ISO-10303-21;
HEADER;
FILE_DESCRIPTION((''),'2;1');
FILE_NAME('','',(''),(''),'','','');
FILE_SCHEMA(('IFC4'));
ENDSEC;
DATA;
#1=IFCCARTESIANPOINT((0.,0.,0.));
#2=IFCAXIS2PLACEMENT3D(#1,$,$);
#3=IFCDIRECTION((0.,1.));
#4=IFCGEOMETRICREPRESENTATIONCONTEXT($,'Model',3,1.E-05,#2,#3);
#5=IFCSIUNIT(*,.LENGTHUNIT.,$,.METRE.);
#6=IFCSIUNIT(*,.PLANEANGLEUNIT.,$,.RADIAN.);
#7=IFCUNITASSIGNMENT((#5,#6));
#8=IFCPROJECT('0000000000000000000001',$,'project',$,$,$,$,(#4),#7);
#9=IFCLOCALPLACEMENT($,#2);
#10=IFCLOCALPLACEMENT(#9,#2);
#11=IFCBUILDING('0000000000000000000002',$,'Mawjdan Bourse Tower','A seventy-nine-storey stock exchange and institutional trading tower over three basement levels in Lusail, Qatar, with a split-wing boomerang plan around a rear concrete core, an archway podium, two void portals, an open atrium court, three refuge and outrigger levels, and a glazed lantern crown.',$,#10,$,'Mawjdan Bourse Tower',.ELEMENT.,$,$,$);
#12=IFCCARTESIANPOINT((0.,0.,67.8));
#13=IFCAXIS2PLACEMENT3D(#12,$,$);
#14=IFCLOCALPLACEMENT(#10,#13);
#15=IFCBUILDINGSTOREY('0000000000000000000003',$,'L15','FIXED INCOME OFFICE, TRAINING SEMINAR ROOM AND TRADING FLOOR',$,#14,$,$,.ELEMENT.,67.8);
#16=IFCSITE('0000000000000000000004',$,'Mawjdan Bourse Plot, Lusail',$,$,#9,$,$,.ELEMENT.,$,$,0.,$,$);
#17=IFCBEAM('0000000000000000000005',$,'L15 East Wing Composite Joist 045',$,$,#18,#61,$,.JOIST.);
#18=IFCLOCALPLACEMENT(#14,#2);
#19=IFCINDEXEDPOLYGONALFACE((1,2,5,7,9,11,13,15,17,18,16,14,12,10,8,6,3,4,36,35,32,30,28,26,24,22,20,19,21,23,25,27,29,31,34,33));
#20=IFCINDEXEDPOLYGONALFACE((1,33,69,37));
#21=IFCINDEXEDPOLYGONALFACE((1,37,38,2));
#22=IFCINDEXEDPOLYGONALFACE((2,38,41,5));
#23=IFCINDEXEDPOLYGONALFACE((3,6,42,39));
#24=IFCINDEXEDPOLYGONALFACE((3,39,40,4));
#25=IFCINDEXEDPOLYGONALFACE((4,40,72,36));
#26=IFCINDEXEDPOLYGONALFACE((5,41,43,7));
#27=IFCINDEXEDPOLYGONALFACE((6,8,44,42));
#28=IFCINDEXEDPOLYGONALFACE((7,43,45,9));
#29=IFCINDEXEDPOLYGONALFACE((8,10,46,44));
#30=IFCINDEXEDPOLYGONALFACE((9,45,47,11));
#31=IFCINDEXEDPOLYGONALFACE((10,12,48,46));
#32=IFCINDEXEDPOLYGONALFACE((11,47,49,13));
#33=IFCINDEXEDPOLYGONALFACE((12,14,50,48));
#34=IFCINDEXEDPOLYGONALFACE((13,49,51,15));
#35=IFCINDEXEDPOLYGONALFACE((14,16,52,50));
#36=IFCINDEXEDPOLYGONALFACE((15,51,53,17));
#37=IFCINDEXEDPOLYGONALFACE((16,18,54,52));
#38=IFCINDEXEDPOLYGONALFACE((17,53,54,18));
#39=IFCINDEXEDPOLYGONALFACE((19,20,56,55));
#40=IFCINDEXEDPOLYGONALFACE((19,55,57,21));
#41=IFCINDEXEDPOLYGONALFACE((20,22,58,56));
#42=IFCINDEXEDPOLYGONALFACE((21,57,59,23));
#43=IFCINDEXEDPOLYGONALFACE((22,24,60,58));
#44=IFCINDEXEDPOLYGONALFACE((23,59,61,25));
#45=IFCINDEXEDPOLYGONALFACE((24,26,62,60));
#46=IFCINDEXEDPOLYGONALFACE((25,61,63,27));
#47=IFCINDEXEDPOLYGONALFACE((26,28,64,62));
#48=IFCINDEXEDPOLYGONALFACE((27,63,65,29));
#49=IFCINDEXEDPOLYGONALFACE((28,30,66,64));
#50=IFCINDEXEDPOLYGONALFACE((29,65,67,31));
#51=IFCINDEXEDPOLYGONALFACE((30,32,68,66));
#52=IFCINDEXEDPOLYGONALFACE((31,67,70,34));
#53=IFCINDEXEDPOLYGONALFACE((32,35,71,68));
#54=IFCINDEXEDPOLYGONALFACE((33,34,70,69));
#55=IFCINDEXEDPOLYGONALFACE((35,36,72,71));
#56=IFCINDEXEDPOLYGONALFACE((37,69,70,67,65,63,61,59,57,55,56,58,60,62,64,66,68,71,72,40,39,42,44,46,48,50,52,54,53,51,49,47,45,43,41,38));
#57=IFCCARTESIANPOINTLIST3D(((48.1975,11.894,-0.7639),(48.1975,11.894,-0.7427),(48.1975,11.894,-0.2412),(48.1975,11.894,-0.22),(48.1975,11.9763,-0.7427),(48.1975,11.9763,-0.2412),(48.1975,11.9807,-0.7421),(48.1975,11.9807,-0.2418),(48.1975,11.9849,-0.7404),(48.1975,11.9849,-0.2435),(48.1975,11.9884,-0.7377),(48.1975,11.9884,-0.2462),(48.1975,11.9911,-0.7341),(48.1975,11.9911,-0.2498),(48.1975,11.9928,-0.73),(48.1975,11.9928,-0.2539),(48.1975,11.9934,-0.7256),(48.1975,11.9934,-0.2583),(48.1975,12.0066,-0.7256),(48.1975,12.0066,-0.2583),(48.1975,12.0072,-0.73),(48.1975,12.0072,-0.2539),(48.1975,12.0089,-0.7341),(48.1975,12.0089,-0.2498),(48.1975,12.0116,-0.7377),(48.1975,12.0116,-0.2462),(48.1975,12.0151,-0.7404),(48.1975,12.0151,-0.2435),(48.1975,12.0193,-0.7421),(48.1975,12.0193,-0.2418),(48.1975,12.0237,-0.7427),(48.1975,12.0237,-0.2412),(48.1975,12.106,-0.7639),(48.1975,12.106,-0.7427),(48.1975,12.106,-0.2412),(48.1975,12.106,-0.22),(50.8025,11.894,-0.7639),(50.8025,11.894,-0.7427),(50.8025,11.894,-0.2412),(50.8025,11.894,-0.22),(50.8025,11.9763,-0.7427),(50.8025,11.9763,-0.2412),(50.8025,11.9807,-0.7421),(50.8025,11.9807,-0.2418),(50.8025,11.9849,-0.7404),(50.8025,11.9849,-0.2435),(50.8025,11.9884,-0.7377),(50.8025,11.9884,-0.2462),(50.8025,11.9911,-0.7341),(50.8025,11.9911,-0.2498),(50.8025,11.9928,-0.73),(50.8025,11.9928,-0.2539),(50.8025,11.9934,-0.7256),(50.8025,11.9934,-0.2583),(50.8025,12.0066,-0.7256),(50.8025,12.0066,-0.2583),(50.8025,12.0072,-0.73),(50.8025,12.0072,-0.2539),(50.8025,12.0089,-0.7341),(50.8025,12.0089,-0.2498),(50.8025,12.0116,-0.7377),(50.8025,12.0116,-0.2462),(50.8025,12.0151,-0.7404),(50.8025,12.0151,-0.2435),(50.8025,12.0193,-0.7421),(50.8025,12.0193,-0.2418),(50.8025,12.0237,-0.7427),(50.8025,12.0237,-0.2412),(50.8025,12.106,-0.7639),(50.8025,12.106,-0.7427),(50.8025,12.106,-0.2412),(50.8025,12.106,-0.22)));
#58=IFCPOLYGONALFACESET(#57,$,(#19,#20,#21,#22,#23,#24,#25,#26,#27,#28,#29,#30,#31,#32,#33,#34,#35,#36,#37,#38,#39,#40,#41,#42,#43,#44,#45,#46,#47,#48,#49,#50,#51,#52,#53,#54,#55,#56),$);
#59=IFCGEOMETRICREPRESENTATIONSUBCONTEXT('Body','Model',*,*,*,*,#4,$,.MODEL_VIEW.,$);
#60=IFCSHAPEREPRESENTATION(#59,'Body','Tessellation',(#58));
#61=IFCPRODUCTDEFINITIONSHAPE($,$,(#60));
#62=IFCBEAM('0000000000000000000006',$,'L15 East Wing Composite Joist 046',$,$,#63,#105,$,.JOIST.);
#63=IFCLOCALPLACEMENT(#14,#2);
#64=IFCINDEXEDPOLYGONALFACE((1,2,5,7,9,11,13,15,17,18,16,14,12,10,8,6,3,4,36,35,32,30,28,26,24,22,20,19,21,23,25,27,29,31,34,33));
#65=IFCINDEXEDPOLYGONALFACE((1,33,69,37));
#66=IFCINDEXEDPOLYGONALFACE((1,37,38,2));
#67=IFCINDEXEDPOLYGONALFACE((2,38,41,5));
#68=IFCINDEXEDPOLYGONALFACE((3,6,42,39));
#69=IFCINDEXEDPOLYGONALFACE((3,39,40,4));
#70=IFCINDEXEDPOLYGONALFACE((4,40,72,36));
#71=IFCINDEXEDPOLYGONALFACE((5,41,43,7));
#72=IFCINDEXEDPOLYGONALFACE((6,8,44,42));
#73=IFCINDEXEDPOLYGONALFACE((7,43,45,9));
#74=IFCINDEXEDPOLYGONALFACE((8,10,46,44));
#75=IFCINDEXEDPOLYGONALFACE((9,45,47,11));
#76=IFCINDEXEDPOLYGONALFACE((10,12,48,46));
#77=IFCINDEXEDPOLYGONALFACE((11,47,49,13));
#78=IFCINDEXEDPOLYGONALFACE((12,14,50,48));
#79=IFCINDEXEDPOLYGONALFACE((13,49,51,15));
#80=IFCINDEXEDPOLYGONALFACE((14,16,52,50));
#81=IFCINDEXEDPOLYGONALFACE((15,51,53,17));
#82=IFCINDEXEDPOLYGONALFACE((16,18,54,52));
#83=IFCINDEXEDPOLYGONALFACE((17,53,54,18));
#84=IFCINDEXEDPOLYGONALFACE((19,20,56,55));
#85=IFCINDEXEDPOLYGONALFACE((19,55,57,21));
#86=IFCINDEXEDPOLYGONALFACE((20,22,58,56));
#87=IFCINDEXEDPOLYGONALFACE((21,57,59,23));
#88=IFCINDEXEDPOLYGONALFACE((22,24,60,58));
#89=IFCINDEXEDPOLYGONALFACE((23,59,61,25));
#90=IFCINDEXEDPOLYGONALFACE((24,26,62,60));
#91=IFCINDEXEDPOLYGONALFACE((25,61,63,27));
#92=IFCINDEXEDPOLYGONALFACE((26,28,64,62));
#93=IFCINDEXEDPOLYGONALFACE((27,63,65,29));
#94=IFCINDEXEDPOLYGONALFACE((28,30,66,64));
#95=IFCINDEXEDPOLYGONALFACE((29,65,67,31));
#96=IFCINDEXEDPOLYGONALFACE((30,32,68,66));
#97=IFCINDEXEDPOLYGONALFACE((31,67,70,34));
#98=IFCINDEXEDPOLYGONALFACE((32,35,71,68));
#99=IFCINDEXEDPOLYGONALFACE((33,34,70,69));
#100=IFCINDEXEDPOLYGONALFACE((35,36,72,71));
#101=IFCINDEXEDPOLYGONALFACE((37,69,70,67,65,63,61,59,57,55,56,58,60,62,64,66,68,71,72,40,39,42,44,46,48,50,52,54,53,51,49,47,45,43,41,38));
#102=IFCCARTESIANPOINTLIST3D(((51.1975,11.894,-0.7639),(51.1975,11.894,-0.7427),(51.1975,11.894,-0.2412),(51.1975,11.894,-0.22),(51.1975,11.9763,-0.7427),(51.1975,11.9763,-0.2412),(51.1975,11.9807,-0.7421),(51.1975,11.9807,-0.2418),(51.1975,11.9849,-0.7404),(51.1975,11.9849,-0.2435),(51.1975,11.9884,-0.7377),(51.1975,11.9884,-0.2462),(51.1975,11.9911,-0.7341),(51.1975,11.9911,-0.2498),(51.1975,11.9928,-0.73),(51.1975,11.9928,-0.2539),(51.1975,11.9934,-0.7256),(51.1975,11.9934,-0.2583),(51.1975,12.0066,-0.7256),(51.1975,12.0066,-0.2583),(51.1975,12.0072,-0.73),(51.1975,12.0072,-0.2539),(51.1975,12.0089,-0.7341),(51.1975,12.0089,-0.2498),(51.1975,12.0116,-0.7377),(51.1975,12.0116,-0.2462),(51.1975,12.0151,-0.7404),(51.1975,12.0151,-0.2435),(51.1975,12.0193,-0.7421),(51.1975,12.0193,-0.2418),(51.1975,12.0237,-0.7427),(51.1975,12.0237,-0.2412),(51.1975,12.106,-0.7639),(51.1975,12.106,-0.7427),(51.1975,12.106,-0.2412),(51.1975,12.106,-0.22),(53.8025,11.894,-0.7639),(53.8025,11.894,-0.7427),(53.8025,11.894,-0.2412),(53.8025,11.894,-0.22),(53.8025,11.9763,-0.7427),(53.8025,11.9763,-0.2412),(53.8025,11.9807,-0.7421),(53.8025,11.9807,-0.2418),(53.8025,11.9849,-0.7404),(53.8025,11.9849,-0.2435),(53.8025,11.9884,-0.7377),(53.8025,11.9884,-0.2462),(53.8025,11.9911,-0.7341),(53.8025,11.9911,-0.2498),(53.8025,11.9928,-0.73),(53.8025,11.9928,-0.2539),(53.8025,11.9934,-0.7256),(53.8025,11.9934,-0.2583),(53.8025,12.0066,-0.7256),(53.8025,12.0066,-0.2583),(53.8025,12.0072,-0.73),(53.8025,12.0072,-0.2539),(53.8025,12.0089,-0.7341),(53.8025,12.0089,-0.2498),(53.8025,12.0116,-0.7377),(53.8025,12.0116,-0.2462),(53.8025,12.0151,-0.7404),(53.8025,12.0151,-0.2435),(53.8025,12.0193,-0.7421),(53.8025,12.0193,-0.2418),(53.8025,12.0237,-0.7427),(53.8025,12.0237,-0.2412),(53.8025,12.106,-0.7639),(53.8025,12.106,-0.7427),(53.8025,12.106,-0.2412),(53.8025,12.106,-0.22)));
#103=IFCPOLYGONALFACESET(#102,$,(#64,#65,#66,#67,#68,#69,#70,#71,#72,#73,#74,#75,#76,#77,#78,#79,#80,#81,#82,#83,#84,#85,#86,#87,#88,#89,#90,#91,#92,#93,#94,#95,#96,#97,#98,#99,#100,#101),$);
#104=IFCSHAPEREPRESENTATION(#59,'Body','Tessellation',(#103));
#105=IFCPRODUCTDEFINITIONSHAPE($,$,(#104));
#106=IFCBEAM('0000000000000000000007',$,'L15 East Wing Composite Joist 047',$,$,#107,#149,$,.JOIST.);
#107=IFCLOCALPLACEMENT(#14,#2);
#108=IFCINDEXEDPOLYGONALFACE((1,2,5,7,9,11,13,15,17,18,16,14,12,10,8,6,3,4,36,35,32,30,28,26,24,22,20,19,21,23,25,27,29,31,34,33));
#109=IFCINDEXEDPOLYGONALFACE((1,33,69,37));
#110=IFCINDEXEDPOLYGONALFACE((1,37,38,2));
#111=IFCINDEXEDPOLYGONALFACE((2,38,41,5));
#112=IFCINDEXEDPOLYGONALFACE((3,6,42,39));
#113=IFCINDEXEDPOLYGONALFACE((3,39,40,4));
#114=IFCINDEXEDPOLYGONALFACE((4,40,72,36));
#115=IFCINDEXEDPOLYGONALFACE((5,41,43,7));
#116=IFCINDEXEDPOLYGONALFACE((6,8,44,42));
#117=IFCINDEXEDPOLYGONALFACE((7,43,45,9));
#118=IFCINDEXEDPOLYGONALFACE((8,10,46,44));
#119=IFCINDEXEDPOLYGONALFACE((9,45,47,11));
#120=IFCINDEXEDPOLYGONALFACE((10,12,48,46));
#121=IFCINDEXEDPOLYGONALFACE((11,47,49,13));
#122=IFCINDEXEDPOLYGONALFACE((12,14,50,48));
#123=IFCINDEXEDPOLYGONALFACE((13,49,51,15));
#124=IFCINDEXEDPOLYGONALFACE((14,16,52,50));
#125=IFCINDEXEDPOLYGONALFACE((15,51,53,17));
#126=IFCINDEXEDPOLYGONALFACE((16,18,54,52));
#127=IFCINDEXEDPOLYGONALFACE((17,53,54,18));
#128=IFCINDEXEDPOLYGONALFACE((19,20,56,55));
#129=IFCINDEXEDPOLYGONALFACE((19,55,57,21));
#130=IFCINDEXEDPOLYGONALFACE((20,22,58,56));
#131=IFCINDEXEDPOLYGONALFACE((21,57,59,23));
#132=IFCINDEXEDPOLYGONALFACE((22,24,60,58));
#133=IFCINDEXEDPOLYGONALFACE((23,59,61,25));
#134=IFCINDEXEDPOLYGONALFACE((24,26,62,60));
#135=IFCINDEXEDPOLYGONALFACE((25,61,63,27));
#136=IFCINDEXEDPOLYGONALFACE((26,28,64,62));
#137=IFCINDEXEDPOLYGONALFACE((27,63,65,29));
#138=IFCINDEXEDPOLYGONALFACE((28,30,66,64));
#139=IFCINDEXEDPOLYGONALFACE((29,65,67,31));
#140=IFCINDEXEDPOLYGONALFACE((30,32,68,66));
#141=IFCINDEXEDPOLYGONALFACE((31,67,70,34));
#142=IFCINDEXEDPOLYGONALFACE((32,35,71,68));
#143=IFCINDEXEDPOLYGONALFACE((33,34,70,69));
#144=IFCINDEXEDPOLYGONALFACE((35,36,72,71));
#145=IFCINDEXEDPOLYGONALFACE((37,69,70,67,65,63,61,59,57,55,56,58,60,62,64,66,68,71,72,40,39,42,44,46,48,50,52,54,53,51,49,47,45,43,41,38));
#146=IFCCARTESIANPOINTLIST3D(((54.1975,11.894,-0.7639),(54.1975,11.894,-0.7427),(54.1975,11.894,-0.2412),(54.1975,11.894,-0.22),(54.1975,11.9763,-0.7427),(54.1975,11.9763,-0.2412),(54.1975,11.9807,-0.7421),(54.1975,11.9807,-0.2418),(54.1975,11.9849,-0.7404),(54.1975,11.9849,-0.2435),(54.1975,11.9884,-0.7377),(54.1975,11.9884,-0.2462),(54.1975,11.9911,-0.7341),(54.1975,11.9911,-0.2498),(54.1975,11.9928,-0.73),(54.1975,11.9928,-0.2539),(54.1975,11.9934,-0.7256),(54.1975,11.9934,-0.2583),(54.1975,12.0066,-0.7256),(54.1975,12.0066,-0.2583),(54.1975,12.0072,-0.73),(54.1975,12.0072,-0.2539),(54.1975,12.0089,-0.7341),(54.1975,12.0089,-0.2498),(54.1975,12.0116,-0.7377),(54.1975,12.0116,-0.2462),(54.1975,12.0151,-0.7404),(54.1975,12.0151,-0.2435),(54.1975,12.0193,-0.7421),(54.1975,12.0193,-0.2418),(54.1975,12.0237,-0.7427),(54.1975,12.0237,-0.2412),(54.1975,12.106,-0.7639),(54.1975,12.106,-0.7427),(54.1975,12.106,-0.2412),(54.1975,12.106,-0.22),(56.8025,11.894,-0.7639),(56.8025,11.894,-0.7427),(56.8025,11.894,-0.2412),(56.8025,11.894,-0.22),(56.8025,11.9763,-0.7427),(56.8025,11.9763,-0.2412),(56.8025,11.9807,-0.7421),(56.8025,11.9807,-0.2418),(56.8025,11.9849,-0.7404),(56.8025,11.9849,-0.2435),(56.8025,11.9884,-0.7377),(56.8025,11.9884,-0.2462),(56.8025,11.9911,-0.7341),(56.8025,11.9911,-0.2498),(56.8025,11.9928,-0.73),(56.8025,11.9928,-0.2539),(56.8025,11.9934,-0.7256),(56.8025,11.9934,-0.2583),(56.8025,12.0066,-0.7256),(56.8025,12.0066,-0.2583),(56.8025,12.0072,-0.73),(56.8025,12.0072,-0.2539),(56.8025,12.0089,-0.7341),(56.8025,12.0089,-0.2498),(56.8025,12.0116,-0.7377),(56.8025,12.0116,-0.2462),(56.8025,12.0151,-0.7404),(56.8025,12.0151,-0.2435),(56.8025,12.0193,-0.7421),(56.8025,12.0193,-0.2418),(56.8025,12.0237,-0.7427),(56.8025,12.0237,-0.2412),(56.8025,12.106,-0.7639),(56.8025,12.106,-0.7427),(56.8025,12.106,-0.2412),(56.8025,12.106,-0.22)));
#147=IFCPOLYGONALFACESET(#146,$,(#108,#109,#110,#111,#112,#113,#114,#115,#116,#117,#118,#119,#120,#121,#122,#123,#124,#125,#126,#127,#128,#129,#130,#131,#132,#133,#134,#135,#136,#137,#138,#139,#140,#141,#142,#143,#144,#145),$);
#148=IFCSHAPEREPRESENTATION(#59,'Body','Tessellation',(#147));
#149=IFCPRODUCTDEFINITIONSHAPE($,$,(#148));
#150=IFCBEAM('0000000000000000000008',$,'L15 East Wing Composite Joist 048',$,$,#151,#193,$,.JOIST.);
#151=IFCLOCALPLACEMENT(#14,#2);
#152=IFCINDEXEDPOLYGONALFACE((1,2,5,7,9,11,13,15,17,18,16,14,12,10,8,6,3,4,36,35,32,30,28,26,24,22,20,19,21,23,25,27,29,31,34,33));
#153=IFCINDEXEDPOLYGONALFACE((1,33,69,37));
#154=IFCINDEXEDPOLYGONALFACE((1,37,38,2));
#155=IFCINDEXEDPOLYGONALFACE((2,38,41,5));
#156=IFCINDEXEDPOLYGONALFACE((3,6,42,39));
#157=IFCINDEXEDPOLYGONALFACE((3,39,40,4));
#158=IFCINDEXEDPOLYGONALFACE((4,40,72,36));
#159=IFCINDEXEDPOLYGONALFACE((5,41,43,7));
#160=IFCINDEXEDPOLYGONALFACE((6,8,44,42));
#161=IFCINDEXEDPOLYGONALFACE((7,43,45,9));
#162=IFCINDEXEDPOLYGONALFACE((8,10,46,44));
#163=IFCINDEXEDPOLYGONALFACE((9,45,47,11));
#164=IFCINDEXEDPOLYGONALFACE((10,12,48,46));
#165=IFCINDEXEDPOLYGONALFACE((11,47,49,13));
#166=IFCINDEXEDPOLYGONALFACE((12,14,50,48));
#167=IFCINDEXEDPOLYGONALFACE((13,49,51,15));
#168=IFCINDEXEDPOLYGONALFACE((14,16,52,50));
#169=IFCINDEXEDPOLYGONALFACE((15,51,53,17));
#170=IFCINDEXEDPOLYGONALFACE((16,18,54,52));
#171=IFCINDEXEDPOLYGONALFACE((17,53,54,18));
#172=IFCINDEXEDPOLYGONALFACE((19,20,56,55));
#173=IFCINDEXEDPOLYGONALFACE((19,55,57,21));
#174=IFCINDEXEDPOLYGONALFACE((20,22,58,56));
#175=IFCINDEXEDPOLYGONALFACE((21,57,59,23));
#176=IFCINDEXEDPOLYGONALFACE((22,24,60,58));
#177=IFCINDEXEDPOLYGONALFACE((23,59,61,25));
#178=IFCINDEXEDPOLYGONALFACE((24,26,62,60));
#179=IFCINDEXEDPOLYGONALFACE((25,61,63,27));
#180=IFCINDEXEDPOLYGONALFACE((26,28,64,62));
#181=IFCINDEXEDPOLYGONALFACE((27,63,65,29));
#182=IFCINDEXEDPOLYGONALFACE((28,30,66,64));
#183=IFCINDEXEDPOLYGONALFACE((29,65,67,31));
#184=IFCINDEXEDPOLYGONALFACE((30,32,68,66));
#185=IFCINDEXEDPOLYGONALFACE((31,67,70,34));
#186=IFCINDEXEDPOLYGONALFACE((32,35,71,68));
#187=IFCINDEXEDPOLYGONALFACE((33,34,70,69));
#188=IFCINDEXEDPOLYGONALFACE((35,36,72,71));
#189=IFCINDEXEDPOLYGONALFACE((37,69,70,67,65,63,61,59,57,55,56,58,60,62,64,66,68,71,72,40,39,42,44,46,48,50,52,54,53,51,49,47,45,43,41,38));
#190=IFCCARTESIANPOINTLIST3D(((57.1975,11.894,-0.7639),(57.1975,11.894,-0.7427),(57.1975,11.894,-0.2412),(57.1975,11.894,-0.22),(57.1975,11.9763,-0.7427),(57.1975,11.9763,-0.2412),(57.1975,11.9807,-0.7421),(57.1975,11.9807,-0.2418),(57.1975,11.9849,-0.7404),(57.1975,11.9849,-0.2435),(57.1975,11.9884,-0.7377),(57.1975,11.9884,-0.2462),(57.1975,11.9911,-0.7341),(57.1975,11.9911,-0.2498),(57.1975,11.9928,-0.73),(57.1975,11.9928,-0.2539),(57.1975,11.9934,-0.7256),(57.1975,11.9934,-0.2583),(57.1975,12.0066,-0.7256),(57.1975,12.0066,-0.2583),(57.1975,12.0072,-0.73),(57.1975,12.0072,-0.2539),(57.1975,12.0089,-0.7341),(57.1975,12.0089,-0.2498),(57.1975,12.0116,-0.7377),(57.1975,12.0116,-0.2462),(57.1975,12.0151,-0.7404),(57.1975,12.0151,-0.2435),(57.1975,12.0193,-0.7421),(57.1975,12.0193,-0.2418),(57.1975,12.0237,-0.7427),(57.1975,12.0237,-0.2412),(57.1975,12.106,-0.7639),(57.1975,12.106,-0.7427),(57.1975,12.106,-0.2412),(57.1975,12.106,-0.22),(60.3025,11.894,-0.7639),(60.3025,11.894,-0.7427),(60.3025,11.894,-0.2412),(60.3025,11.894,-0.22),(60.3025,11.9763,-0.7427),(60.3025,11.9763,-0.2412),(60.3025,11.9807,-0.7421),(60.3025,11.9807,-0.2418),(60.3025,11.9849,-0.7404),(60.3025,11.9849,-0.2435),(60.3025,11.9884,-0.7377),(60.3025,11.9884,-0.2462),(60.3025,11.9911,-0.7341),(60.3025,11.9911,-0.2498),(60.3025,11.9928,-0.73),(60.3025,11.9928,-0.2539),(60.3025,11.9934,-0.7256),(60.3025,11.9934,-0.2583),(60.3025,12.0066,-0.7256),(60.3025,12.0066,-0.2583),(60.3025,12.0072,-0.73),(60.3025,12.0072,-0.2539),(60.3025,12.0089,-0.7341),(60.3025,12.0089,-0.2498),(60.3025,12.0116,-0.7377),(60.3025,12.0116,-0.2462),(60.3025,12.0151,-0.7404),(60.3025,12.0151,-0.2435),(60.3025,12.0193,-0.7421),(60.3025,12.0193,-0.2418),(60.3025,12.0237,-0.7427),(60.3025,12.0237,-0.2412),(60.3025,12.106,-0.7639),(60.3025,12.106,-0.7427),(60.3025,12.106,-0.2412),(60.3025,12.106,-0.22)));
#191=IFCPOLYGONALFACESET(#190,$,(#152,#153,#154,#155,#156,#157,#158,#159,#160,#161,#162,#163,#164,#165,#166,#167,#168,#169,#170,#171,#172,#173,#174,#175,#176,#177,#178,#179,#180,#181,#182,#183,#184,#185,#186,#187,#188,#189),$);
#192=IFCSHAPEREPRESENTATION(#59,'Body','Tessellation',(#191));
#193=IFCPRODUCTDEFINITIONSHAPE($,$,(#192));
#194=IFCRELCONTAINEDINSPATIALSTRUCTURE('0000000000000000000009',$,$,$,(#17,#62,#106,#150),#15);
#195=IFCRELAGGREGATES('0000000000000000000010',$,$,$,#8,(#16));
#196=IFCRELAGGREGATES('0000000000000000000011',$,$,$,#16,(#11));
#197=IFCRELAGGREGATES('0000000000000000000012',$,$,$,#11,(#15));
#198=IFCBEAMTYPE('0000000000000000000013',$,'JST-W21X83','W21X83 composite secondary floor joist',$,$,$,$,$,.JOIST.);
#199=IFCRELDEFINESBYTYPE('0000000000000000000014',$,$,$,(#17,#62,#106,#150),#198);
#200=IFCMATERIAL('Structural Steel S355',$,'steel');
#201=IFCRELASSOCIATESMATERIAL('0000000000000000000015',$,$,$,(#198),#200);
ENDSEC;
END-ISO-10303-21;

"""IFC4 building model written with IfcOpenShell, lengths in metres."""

from ifc_helpers import new_model, si_unit, direction, frame, origin, origin_2d, place, context, subcontext, project, spatial, i_section, extrude, material, material_profile, profile_set, type_object, element, save


model = new_model("IFC4")

# Units and contexts
model_context = context("Model", 3, precision=1e-05, world=origin(), true_north=direction((0.0, 1.0)))
body_context = subcontext(model_context, "Body", "Model", "MODEL_VIEW")
ifc_project = project(units=[si_unit("LENGTHUNIT", "METRE"), si_unit("PLANEANGLEUNIT", "RADIAN")], contexts=[model_context])

# Site, building, storey
site_placement = place(None, origin())
site = spatial("IfcSite", under=ifc_project, at=site_placement, Name="Mawjdan Bourse Plot, Lusail", CompositionType="ELEMENT", RefElevation=0.0)
building_placement = place(site_placement, origin())
building = spatial("IfcBuilding", under=site, at=building_placement, Name="Mawjdan Bourse Tower", Description="A seventy-nine-storey stock exchange and institutional trading tower over three basement levels in Lusail, Qatar, with a split-wing boomerang plan around a rear concrete core, an archway podium, two void portals, an open atrium court, three refuge and outrigger levels, and a glazed lantern crown.", LongName="Mawjdan Bourse Tower", CompositionType="ELEMENT")
storey_placement = place(building_placement, frame((0.0, 0.0, 67.8)))
storey = spatial("IfcBuildingStorey", under=building, at=storey_placement, Name="L15", Description="FIXED INCOME OFFICE, TRAINING SEMINAR ROOM AND TRADING FLOOR", CompositionType="ELEMENT", Elevation=67.8)

# Beams
ifc_material_1 = material(Name="Structural Steel S355", Category="steel")
ifc_material_profile_1 = material_profile(ifc_material_1, i_section(OverallWidth=0.2119, OverallDepth=0.5439, WebThickness=0.0132, FlangeThickness=0.0212, FilletRadius=0.0171, at=origin_2d()), Name="W21X83")
ifc_profile_set_1 = profile_set([ifc_material_profile_1], Name="Structural Steel S355")
beam_type_1 = type_object("IfcBeamType", Name="JST-W21X83", Description="W21X83 composite secondary floor joist", PredefinedType="JOIST", material=ifc_profile_set_1)
for number, where, z_axis, x_axis, name in (
    (1, (48.1975, 12.0, -0.4919), (1.0, 0.0, 0.0), (0.0, 1.0, 0.0), "L15 East Wing Composite Joist 045"),
    (2, (51.1975, 12.0, -0.4919), (1.0, 0.0, 0.0), (0.0, 1.0, 0.0), "L15 East Wing Composite Joist 046"),
    (3, (54.1975, 12.0, -0.4919), (1.0, 0.0, 0.0), (0.0, 1.0, 0.0), "L15 East Wing Composite Joist 047"),
):
    element("IfcBeam", number, at=place(storey_placement, frame(where, z_axis=z_axis, x_axis=x_axis)), inside=storey, type_object=beam_type_1, Name=name, PredefinedType="JOIST", context=body_context, shape_type="SweptSolid", body=[
        extrude(i_section(OverallWidth=0.2119, OverallDepth=0.5439, WebThickness=0.0132, FlangeThickness=0.0212, FilletRadius=0.0171, at=origin_2d()), origin(), (0.0, 0.0, 1.0), 2.605),
    ])
beam_1_placement = place(storey_placement, frame((57.1975, 12.0, -0.4919), z_axis=(1.0, 0.0, 0.0), x_axis=(0.0, 1.0, 0.0)))
element("IfcBeam", 4, at=beam_1_placement, inside=storey, type_object=beam_type_1, Name="L15 East Wing Composite Joist 048", PredefinedType="JOIST", context=body_context, shape_type="SweptSolid", body=[
    extrude(i_section(OverallWidth=0.2119, OverallDepth=0.5439, WebThickness=0.0132, FlangeThickness=0.0212, FilletRadius=0.0171, at=origin_2d()), origin(), (0.0, 0.0, 1.0), 3.105),
])

save(model, "model.ifc")
